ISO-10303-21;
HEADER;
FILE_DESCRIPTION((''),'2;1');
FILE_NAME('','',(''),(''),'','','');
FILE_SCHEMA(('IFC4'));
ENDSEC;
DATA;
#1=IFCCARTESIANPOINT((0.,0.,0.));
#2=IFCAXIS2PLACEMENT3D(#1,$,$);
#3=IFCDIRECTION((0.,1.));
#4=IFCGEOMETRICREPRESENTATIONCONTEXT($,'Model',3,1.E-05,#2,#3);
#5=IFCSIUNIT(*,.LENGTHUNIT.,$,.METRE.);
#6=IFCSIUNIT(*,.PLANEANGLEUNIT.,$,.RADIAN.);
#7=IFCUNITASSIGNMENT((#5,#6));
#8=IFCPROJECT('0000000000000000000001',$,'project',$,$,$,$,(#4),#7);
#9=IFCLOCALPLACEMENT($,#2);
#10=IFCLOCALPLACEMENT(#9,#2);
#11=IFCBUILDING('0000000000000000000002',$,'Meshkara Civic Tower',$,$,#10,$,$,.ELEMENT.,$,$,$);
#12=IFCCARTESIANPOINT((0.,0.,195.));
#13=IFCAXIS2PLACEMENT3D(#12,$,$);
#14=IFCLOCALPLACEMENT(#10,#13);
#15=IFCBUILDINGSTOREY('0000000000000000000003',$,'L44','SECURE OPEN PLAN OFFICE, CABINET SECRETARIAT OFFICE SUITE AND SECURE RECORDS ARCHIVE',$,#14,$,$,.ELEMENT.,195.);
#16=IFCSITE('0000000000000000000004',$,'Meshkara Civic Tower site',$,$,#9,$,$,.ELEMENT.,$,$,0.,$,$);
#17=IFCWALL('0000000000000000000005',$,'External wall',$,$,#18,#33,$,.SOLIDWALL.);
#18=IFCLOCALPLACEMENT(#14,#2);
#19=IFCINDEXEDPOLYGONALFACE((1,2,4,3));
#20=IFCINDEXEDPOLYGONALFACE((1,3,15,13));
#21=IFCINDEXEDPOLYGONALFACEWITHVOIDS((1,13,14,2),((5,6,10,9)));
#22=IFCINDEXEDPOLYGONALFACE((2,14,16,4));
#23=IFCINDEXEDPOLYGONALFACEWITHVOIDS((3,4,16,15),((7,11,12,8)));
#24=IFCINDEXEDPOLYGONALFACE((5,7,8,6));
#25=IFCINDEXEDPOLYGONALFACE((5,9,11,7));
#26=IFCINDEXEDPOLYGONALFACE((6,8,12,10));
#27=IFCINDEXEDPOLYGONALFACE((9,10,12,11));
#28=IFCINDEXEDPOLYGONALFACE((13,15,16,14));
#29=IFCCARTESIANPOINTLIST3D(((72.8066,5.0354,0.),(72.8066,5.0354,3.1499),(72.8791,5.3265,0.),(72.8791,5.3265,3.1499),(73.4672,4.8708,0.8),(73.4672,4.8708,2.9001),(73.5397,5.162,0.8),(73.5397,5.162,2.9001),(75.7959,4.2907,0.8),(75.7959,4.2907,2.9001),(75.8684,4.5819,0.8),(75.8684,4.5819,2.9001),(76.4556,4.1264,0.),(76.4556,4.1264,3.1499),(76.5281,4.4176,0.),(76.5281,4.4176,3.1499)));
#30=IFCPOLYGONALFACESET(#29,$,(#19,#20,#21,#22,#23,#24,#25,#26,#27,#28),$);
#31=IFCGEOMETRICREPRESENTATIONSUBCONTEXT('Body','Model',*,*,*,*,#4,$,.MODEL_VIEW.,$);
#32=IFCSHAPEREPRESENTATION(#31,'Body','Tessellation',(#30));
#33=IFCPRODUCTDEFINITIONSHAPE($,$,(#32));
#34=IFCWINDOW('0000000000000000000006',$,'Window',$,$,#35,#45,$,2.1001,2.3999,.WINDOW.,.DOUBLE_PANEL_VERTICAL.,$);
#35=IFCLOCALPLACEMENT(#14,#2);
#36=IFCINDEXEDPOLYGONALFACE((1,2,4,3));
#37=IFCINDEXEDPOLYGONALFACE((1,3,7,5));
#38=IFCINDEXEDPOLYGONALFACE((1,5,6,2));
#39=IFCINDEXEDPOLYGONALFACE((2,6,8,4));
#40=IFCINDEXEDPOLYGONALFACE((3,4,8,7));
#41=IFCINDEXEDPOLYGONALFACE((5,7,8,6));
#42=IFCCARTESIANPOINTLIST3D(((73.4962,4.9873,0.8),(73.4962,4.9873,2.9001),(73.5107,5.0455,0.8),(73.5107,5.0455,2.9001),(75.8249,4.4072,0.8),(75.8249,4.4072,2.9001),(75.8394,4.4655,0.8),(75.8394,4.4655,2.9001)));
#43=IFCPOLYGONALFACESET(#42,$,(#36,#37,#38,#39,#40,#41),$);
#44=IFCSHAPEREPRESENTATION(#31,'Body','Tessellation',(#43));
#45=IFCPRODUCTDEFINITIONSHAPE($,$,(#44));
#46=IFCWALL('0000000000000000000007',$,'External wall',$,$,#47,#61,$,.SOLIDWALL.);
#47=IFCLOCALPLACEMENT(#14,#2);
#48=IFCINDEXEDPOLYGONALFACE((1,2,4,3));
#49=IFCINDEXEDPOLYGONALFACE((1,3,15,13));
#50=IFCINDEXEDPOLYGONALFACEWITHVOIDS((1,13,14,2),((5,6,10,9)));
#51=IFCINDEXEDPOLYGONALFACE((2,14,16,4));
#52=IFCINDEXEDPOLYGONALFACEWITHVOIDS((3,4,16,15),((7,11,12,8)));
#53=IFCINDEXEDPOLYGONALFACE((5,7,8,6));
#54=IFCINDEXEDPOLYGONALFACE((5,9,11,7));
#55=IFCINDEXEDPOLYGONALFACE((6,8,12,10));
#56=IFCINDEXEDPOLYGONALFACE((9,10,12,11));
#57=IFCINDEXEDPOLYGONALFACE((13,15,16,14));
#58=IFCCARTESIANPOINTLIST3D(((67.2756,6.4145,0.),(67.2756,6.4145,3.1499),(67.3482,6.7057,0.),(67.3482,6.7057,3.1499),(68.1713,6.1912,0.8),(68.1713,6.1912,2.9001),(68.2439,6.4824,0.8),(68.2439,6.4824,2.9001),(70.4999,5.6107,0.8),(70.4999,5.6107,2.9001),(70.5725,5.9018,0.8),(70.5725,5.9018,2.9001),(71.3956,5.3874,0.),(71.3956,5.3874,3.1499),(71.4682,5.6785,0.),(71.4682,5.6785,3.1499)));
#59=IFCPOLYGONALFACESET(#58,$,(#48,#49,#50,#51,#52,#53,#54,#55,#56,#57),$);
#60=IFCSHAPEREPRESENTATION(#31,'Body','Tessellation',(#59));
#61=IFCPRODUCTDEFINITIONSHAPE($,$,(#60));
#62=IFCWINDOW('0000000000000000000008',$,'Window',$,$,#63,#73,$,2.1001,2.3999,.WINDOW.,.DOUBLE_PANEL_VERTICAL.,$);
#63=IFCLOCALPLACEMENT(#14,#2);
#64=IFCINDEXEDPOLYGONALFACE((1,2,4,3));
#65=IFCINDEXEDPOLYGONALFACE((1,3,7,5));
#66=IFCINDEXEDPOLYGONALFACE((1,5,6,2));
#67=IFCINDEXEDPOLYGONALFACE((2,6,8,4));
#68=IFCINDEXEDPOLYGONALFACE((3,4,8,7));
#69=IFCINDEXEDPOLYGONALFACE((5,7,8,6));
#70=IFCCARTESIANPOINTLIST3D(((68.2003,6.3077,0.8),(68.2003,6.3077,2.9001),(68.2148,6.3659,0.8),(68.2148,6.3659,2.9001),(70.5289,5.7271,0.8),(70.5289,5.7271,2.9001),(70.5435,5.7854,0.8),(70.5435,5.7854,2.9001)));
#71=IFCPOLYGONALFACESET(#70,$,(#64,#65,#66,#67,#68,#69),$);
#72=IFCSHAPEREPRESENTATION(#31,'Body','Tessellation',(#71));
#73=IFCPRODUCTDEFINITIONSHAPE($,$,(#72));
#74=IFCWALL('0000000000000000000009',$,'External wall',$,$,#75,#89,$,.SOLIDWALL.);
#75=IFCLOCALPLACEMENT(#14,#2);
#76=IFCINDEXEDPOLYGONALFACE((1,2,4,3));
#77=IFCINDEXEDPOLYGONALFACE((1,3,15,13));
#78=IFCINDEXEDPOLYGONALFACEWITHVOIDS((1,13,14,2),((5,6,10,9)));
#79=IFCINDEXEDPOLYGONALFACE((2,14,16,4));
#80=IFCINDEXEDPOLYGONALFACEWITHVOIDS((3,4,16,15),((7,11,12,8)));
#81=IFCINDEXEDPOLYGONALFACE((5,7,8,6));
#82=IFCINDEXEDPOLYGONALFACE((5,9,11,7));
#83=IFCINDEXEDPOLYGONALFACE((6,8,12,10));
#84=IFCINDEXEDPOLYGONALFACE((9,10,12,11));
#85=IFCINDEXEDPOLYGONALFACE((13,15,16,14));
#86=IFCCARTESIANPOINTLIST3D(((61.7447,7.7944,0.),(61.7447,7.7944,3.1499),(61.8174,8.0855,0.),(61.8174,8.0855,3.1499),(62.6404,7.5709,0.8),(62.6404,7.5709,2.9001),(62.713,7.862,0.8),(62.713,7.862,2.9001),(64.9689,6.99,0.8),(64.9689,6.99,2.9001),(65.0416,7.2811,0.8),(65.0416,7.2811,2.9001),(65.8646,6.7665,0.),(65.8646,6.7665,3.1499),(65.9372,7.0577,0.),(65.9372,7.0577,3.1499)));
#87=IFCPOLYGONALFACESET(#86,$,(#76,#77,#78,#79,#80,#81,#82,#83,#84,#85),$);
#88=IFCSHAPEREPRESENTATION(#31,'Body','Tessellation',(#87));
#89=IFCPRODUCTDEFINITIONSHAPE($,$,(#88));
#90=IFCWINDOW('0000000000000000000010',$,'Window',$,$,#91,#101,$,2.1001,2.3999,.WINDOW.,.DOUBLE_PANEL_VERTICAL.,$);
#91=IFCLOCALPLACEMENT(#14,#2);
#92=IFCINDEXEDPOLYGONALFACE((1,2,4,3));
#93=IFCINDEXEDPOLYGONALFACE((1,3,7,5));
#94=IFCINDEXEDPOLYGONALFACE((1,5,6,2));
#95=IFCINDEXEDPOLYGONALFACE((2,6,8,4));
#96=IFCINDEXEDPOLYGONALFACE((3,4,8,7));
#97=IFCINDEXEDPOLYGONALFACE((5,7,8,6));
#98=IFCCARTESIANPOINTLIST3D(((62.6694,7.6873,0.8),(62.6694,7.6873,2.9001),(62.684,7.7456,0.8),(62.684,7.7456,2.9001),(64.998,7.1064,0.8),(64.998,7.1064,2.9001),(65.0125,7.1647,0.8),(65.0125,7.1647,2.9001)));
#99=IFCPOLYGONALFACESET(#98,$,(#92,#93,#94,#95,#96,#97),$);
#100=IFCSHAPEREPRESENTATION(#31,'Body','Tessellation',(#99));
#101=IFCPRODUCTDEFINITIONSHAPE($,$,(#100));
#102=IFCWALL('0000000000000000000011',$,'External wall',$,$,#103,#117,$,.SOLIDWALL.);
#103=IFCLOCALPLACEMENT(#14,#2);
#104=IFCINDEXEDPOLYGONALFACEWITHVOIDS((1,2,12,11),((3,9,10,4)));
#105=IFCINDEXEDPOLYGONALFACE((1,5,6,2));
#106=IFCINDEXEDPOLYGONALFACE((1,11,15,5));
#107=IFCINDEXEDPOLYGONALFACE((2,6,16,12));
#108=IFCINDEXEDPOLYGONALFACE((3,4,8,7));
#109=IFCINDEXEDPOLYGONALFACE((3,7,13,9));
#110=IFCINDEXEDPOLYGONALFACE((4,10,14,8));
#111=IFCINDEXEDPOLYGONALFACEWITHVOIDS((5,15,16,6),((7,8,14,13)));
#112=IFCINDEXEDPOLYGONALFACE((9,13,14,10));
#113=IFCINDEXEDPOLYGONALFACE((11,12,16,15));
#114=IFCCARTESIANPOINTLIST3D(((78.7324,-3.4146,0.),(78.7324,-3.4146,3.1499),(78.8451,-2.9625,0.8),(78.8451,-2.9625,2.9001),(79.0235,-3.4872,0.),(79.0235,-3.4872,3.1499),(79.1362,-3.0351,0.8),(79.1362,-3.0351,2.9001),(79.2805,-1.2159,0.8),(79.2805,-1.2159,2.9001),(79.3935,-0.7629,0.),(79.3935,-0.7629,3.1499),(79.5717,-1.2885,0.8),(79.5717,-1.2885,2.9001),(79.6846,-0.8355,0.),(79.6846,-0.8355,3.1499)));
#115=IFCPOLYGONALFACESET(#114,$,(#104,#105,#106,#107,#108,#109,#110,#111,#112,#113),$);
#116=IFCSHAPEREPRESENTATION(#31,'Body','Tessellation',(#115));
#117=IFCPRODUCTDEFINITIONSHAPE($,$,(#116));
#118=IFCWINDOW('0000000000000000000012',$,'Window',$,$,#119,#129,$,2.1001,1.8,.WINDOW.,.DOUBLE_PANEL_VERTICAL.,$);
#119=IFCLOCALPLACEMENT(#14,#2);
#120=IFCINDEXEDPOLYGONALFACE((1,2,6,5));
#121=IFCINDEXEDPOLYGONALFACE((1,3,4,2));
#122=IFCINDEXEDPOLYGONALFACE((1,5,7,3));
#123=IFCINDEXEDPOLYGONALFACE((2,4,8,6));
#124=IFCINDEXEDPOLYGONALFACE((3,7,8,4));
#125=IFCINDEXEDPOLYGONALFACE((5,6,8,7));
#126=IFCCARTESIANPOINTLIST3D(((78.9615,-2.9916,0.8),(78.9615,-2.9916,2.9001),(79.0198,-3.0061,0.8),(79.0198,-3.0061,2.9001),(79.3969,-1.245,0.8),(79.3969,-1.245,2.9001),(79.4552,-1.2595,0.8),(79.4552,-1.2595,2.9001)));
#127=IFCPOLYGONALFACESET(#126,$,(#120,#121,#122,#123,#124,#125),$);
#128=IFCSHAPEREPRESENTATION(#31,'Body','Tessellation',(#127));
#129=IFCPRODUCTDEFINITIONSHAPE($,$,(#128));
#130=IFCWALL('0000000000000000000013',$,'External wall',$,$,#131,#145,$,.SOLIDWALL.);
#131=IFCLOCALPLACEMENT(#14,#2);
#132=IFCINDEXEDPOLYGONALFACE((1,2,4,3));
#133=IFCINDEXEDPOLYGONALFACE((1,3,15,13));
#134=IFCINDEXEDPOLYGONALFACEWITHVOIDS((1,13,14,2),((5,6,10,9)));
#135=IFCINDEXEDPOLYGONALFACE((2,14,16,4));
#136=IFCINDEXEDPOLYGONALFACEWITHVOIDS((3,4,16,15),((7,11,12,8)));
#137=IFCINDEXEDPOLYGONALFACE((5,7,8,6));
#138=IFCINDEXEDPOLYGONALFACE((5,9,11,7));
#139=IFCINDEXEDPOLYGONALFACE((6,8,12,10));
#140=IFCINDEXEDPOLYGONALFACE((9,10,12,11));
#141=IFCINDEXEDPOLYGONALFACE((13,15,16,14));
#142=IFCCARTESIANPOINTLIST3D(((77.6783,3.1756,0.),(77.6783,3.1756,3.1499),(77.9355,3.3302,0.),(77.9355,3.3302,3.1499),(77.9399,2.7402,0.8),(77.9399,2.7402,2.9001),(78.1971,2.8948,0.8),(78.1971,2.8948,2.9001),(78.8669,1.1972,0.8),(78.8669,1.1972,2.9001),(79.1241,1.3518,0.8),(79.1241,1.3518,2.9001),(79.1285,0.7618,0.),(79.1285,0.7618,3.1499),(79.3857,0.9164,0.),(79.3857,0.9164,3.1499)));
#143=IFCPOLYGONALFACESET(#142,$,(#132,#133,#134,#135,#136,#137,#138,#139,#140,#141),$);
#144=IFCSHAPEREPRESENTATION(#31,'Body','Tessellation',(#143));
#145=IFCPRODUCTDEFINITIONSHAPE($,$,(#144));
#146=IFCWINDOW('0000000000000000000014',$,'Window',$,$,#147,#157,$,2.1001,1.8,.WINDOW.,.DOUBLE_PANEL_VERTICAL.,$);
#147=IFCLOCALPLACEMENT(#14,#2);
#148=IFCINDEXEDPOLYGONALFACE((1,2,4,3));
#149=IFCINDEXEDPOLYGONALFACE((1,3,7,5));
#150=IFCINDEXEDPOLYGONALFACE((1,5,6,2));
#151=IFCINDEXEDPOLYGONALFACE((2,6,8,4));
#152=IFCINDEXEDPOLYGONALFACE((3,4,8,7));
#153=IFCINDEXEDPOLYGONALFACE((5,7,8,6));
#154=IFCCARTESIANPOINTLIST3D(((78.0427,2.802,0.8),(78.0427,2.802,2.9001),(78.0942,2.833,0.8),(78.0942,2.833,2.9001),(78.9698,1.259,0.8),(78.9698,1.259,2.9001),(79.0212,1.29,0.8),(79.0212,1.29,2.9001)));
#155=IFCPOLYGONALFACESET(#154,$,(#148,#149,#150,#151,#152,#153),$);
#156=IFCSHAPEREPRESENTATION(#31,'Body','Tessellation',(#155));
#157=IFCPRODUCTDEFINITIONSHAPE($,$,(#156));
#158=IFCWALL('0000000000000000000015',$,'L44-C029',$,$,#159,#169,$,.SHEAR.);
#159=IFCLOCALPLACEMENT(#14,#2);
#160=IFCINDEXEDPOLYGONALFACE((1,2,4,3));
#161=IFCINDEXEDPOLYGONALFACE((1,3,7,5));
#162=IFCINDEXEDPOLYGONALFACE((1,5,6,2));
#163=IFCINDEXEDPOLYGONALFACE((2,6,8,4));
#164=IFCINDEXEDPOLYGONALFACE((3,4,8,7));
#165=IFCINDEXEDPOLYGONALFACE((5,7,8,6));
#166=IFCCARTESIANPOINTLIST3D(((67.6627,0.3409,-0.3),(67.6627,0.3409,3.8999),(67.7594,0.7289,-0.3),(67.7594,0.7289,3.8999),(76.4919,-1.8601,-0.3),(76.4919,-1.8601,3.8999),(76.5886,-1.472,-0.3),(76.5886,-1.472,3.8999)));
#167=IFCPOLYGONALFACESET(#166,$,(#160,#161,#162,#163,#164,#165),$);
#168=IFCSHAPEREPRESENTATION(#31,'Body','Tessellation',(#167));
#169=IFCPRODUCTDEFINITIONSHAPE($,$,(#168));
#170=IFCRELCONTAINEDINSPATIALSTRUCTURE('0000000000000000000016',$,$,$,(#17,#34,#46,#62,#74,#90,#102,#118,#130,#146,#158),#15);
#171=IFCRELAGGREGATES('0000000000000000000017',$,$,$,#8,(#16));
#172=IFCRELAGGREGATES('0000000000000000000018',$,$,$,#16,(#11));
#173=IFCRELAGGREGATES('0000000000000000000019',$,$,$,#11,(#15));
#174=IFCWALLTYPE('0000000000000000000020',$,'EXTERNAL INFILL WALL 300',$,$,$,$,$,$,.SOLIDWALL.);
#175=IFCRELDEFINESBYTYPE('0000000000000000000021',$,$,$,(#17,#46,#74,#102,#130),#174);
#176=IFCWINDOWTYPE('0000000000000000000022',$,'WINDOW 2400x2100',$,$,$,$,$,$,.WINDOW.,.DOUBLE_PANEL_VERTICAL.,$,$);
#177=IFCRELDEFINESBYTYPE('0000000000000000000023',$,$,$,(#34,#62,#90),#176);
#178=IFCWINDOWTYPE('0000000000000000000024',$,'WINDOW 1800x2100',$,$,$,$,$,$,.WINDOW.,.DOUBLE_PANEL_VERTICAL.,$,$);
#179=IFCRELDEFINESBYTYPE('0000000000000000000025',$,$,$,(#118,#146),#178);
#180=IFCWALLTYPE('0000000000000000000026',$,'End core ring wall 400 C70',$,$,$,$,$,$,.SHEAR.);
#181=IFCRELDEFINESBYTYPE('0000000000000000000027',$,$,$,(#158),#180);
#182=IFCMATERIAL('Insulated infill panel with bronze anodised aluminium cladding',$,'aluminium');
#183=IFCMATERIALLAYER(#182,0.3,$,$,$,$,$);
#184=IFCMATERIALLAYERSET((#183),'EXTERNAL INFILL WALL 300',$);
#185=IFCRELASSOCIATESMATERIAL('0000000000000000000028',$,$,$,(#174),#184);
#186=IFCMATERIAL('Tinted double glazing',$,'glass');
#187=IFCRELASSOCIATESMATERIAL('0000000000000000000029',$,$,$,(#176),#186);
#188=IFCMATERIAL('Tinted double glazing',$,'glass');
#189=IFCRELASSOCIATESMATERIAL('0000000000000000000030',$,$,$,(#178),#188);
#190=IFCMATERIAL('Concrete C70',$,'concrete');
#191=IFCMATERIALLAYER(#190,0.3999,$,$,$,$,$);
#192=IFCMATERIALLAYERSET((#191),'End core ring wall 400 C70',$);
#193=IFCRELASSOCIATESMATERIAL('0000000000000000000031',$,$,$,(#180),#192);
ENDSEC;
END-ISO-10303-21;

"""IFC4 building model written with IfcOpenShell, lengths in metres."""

from ifc_helpers import new_model, si_unit, direction, frame, frame_2d, origin, place, context, subcontext, project, spatial, rectangle, extrude, material, layer, layer_set, type_object, element, fill, save


model = new_model("IFC4")

# Units and contexts
model_context = context("Model", 3, precision=1e-05, world=origin(), true_north=direction((0.0, 1.0)))
body_context = subcontext(model_context, "Body", "Model", "MODEL_VIEW")
ifc_project = project(units=[si_unit("LENGTHUNIT", "METRE"), si_unit("PLANEANGLEUNIT", "RADIAN")], contexts=[model_context])

# Site, building, storey
site_placement = place(None, origin())
site = spatial("IfcSite", under=ifc_project, at=site_placement, Name="Meshkara Civic Tower site", CompositionType="ELEMENT", RefElevation=0.0)
building_placement = place(site_placement, origin())
building = spatial("IfcBuilding", under=site, at=building_placement, Name="Meshkara Civic Tower", CompositionType="ELEMENT")
storey_placement = place(building_placement, frame((0.0, 0.0, 195.0)))
storey = spatial("IfcBuildingStorey", under=building, at=storey_placement, Name="L44", Description="SECURE OPEN PLAN OFFICE, CABINET SECRETARIAT OFFICE SUITE AND SECURE RECORDS ARCHIVE", CompositionType="ELEMENT", Elevation=195.0)

# Walls, openings, windows
ifc_material_1 = material(Name="Insulated infill panel with bronze anodised aluminium cladding", Category="aluminium")
ifc_layer_1 = layer(ifc_material_1, 0.3)
ifc_layer_set_1 = layer_set([ifc_layer_1], Name="EXTERNAL INFILL WALL 300")
wall_type_1 = type_object("IfcWallType", Name="EXTERNAL INFILL WALL 300", PredefinedType="SOLIDWALL", material=ifc_layer_set_1)
wall_1_placement = place(storey_placement, frame((76.4919, 4.272, 0.0), z_axis=(0.0, 0.0, 1.0), x_axis=(-0.970348, 0.241711, 0.0)))
wall_1 = element("IfcWall", 1, at=wall_1_placement, inside=storey, type_object=wall_type_1, Name="External wall", PredefinedType="SOLIDWALL", context=body_context, shape_type="SweptSolid", body=[
    extrude(rectangle(XDim=3.7605, YDim=0.3, at=frame_2d((1.8804, 0.0))), origin(), (0.0, 0.0, 1.0), 3.1499),
])
opening_1_placement = place(wall_1_placement, frame((0.6799, 0.0, 0.8)))
opening_1 = element("IfcOpeningElement", 2, at=opening_1_placement, cuts=wall_1, PredefinedType="OPENING", context=body_context, shape_type="SweptSolid", body=[
    extrude(rectangle(XDim=2.3999, YDim=2.1001, at=frame_2d((1.2, 1.05))), frame((0.0, 0.1599, 0.0), z_axis=(0.0, -1.0, 0.0), x_axis=(1.0, 0.0, 0.0)), (0.0, 0.0, 1.0), 0.3201),
])
ifc_material_2 = material(Name="Tinted double glazing", Category="glass")
window_type_1 = type_object("IfcWindowType", Name="WINDOW 2400x2100", PartitioningType="DOUBLE_PANEL_VERTICAL", PredefinedType="WINDOW", material=ifc_material_2)
window_1_placement = place(opening_1_placement, origin())
window_1 = element("IfcWindow", 3, at=window_1_placement, inside=storey, type_object=window_type_1, Name="Window", OverallHeight=2.1001, OverallWidth=2.3999, PartitioningType="DOUBLE_PANEL_VERTICAL", PredefinedType="WINDOW", context=body_context, shape_type="SweptSolid", body=[
    extrude(rectangle(XDim=2.3999, YDim=2.1001, at=frame_2d((1.2, 1.05))), frame((0.0, 0.03, 0.0), z_axis=(0.0, -1.0, 0.0), x_axis=(1.0, 0.0, 0.0)), (0.0, 0.0, 1.0), 0.0601),
])
fill(opening_1, window_1)
wall_2_placement = place(storey_placement, frame((71.4319, 5.533, 0.0), z_axis=(0.0, 0.0, 1.0), x_axis=(-0.970301, 0.2419, 0.0)))
wall_2 = element("IfcWall", 4, at=wall_2_placement, inside=storey, type_object=wall_type_1, Name="External wall", PredefinedType="SOLIDWALL", context=body_context, shape_type="SweptSolid", body=[
    extrude(rectangle(XDim=4.2461, YDim=0.3, at=frame_2d((2.123, 0.0))), origin(), (0.0, 0.0, 1.0), 3.1499),
])
opening_2_placement = place(wall_2_placement, frame((0.9231, 0.0, 0.8)))
opening_2 = element("IfcOpeningElement", 5, at=opening_2_placement, cuts=wall_2, PredefinedType="OPENING", context=body_context, shape_type="SweptSolid", body=[
    extrude(rectangle(XDim=2.3999, YDim=2.1001, at=frame_2d((1.2, 1.05))), frame((0.0, 0.1599, 0.0), z_axis=(0.0, -1.0, 0.0), x_axis=(1.0, 0.0, 0.0)), (0.0, 0.0, 1.0), 0.3201),
])
window_2_placement = place(opening_2_placement, origin())
window_2 = element("IfcWindow", 6, at=window_2_placement, inside=storey, type_object=window_type_1, Name="Window", OverallHeight=2.1001, OverallWidth=2.3999, PartitioningType="DOUBLE_PANEL_VERTICAL", PredefinedType="WINDOW", context=body_context, shape_type="SweptSolid", body=[
    extrude(rectangle(XDim=2.3999, YDim=2.1001, at=frame_2d((1.2, 1.05))), frame((0.0, 0.03, 0.0), z_axis=(0.0, -1.0, 0.0), x_axis=(1.0, 0.0, 0.0)), (0.0, 0.0, 1.0), 0.0601),
])
fill(opening_2, window_2)
wall_3_placement = place(storey_placement, frame((65.9009, 6.9121, 0.0), z_axis=(0.0, 0.0, 1.0), x_axis=(-0.970261, 0.242062, 0.0)))
wall_3 = element("IfcWall", 7, at=wall_3_placement, inside=storey, type_object=wall_type_1, Name="External wall", PredefinedType="SOLIDWALL", context=body_context, shape_type="SweptSolid", body=[
    extrude(rectangle(XDim=4.2461, YDim=0.3, at=frame_2d((2.123, 0.0))), origin(), (0.0, 0.0, 1.0), 3.1499),
])
opening_3_placement = place(wall_3_placement, frame((0.9231, 0.0, 0.8)))
opening_3 = element("IfcOpeningElement", 8, at=opening_3_placement, cuts=wall_3, PredefinedType="OPENING", context=body_context, shape_type="SweptSolid", body=[
    extrude(rectangle(XDim=2.3999, YDim=2.1001, at=frame_2d((1.2, 1.05))), frame((0.0, 0.1599, 0.0), z_axis=(0.0, -1.0, 0.0), x_axis=(1.0, 0.0, 0.0)), (0.0, 0.0, 1.0), 0.3201),
])
window_3_placement = place(opening_3_placement, origin())
window_3 = element("IfcWindow", 9, at=window_3_placement, inside=storey, type_object=window_type_1, Name="Window", OverallHeight=2.1001, OverallWidth=2.3999, PartitioningType="DOUBLE_PANEL_VERTICAL", PredefinedType="WINDOW", context=body_context, shape_type="SweptSolid", body=[
    extrude(rectangle(XDim=2.3999, YDim=2.1001, at=frame_2d((1.2, 1.05))), frame((0.0, 0.03, 0.0), z_axis=(0.0, -1.0, 0.0), x_axis=(1.0, 0.0, 0.0)), (0.0, 0.0, 1.0), 0.0601),
])
fill(opening_3, window_3)
wall_4_placement = place(storey_placement, frame((78.8779, -3.4509, 0.0), z_axis=(0.0, 0.0, 1.0), x_axis=(0.241905, 0.9703, 0.0)))
wall_4 = element("IfcWall", 10, at=wall_4_placement, inside=storey, type_object=wall_type_1, Name="External wall", PredefinedType="SOLIDWALL", context=body_context, shape_type="SweptSolid", body=[
    extrude(rectangle(XDim=2.7329, YDim=0.3, at=frame_2d((1.3665, 0.0))), origin(), (0.0, 0.0, 1.0), 3.1499),
])
opening_4_placement = place(wall_4_placement, frame((0.4661, 0.0, 0.8)))
opening_4 = element("IfcOpeningElement", 11, at=opening_4_placement, cuts=wall_4, PredefinedType="OPENING", context=body_context, shape_type="SweptSolid", body=[
    extrude(rectangle(XDim=1.8, YDim=2.1001, at=frame_2d((0.8999, 1.05))), frame((0.0, 0.1599, 0.0), z_axis=(0.0, -1.0, 0.0), x_axis=(1.0, 0.0, 0.0)), (0.0, 0.0, 1.0), 0.3201),
])
ifc_material_3 = material(Name="Tinted double glazing", Category="glass")
window_type_2 = type_object("IfcWindowType", Name="WINDOW 1800x2100", PartitioningType="DOUBLE_PANEL_VERTICAL", PredefinedType="WINDOW", material=ifc_material_3)
window_4_placement = place(opening_4_placement, origin())
window_4 = element("IfcWindow", 12, at=window_4_placement, inside=storey, type_object=window_type_2, Name="Window", OverallHeight=2.1001, OverallWidth=1.8, PartitioningType="DOUBLE_PANEL_VERTICAL", PredefinedType="WINDOW", context=body_context, shape_type="SweptSolid", body=[
    extrude(rectangle(XDim=1.8, YDim=2.1001, at=frame_2d((0.8999, 1.05))), frame((0.0, 0.03, 0.0), z_axis=(0.0, -1.0, 0.0), x_axis=(1.0, 0.0, 0.0)), (0.0, 0.0, 1.0), 0.0601),
])
fill(opening_4, window_4)
wall_5_placement = place(storey_placement, frame((79.2571, 0.8391, 0.0), z_axis=(0.0, 0.0, 1.0), x_axis=(-0.514993, 0.857194, 0.0)))
wall_5 = element("IfcWall", 13, at=wall_5_placement, inside=storey, type_object=wall_type_1, Name="External wall", PredefinedType="SOLIDWALL", context=body_context, shape_type="SweptSolid", body=[
    extrude(rectangle(XDim=2.8159, YDim=0.3, at=frame_2d((1.408, 0.0))), origin(), (0.0, 0.0, 1.0), 3.1499),
])
opening_5_placement = place(wall_5_placement, frame((0.5081, 0.0, 0.8)))
opening_5 = element("IfcOpeningElement", 14, at=opening_5_placement, cuts=wall_5, PredefinedType="OPENING", context=body_context, shape_type="SweptSolid", body=[
    extrude(rectangle(XDim=1.8, YDim=2.1001, at=frame_2d((0.8999, 1.05))), frame((0.0, 0.1599, 0.0), z_axis=(0.0, -1.0, 0.0), x_axis=(1.0, 0.0, 0.0)), (0.0, 0.0, 1.0), 0.3201),
])
window_5_placement = place(opening_5_placement, origin())
window_5 = element("IfcWindow", 15, at=window_5_placement, inside=storey, type_object=window_type_2, Name="Window", OverallHeight=2.1001, OverallWidth=1.8, PartitioningType="DOUBLE_PANEL_VERTICAL", PredefinedType="WINDOW", context=body_context, shape_type="SweptSolid", body=[
    extrude(rectangle(XDim=1.8, YDim=2.1001, at=frame_2d((0.8999, 1.05))), frame((0.0, 0.03, 0.0), z_axis=(0.0, -1.0, 0.0), x_axis=(1.0, 0.0, 0.0)), (0.0, 0.0, 1.0), 0.0601),
])
fill(opening_5, window_5)

# Wall
ifc_material_4 = material(Name="Concrete C70", Category="concrete")
ifc_layer_2 = layer(ifc_material_4, 0.3999)
ifc_layer_set_2 = layer_set([ifc_layer_2], Name="End core ring wall 400 C70")
wall_type_2 = type_object("IfcWallType", Name="End core ring wall 400 C70", PredefinedType="SHEAR", material=ifc_layer_set_2)
wall_6_placement = place(storey_placement, frame((67.7109, 0.5349, -0.3), z_axis=(0.0, 0.0, 1.0), x_axis=(0.970306, -0.241879, 0.0)))
element("IfcWall", 16, at=wall_6_placement, inside=storey, type_object=wall_type_2, Name="L44-C029", PredefinedType="SHEAR", context=body_context, shape_type="SweptSolid", body=[
    extrude(rectangle(XDim=9.0994, YDim=0.3999, at=frame_2d((4.5498, 0.0))), origin(), (0.0, 0.0, 1.0), 4.2),
])

save(model, "model.ifc")
